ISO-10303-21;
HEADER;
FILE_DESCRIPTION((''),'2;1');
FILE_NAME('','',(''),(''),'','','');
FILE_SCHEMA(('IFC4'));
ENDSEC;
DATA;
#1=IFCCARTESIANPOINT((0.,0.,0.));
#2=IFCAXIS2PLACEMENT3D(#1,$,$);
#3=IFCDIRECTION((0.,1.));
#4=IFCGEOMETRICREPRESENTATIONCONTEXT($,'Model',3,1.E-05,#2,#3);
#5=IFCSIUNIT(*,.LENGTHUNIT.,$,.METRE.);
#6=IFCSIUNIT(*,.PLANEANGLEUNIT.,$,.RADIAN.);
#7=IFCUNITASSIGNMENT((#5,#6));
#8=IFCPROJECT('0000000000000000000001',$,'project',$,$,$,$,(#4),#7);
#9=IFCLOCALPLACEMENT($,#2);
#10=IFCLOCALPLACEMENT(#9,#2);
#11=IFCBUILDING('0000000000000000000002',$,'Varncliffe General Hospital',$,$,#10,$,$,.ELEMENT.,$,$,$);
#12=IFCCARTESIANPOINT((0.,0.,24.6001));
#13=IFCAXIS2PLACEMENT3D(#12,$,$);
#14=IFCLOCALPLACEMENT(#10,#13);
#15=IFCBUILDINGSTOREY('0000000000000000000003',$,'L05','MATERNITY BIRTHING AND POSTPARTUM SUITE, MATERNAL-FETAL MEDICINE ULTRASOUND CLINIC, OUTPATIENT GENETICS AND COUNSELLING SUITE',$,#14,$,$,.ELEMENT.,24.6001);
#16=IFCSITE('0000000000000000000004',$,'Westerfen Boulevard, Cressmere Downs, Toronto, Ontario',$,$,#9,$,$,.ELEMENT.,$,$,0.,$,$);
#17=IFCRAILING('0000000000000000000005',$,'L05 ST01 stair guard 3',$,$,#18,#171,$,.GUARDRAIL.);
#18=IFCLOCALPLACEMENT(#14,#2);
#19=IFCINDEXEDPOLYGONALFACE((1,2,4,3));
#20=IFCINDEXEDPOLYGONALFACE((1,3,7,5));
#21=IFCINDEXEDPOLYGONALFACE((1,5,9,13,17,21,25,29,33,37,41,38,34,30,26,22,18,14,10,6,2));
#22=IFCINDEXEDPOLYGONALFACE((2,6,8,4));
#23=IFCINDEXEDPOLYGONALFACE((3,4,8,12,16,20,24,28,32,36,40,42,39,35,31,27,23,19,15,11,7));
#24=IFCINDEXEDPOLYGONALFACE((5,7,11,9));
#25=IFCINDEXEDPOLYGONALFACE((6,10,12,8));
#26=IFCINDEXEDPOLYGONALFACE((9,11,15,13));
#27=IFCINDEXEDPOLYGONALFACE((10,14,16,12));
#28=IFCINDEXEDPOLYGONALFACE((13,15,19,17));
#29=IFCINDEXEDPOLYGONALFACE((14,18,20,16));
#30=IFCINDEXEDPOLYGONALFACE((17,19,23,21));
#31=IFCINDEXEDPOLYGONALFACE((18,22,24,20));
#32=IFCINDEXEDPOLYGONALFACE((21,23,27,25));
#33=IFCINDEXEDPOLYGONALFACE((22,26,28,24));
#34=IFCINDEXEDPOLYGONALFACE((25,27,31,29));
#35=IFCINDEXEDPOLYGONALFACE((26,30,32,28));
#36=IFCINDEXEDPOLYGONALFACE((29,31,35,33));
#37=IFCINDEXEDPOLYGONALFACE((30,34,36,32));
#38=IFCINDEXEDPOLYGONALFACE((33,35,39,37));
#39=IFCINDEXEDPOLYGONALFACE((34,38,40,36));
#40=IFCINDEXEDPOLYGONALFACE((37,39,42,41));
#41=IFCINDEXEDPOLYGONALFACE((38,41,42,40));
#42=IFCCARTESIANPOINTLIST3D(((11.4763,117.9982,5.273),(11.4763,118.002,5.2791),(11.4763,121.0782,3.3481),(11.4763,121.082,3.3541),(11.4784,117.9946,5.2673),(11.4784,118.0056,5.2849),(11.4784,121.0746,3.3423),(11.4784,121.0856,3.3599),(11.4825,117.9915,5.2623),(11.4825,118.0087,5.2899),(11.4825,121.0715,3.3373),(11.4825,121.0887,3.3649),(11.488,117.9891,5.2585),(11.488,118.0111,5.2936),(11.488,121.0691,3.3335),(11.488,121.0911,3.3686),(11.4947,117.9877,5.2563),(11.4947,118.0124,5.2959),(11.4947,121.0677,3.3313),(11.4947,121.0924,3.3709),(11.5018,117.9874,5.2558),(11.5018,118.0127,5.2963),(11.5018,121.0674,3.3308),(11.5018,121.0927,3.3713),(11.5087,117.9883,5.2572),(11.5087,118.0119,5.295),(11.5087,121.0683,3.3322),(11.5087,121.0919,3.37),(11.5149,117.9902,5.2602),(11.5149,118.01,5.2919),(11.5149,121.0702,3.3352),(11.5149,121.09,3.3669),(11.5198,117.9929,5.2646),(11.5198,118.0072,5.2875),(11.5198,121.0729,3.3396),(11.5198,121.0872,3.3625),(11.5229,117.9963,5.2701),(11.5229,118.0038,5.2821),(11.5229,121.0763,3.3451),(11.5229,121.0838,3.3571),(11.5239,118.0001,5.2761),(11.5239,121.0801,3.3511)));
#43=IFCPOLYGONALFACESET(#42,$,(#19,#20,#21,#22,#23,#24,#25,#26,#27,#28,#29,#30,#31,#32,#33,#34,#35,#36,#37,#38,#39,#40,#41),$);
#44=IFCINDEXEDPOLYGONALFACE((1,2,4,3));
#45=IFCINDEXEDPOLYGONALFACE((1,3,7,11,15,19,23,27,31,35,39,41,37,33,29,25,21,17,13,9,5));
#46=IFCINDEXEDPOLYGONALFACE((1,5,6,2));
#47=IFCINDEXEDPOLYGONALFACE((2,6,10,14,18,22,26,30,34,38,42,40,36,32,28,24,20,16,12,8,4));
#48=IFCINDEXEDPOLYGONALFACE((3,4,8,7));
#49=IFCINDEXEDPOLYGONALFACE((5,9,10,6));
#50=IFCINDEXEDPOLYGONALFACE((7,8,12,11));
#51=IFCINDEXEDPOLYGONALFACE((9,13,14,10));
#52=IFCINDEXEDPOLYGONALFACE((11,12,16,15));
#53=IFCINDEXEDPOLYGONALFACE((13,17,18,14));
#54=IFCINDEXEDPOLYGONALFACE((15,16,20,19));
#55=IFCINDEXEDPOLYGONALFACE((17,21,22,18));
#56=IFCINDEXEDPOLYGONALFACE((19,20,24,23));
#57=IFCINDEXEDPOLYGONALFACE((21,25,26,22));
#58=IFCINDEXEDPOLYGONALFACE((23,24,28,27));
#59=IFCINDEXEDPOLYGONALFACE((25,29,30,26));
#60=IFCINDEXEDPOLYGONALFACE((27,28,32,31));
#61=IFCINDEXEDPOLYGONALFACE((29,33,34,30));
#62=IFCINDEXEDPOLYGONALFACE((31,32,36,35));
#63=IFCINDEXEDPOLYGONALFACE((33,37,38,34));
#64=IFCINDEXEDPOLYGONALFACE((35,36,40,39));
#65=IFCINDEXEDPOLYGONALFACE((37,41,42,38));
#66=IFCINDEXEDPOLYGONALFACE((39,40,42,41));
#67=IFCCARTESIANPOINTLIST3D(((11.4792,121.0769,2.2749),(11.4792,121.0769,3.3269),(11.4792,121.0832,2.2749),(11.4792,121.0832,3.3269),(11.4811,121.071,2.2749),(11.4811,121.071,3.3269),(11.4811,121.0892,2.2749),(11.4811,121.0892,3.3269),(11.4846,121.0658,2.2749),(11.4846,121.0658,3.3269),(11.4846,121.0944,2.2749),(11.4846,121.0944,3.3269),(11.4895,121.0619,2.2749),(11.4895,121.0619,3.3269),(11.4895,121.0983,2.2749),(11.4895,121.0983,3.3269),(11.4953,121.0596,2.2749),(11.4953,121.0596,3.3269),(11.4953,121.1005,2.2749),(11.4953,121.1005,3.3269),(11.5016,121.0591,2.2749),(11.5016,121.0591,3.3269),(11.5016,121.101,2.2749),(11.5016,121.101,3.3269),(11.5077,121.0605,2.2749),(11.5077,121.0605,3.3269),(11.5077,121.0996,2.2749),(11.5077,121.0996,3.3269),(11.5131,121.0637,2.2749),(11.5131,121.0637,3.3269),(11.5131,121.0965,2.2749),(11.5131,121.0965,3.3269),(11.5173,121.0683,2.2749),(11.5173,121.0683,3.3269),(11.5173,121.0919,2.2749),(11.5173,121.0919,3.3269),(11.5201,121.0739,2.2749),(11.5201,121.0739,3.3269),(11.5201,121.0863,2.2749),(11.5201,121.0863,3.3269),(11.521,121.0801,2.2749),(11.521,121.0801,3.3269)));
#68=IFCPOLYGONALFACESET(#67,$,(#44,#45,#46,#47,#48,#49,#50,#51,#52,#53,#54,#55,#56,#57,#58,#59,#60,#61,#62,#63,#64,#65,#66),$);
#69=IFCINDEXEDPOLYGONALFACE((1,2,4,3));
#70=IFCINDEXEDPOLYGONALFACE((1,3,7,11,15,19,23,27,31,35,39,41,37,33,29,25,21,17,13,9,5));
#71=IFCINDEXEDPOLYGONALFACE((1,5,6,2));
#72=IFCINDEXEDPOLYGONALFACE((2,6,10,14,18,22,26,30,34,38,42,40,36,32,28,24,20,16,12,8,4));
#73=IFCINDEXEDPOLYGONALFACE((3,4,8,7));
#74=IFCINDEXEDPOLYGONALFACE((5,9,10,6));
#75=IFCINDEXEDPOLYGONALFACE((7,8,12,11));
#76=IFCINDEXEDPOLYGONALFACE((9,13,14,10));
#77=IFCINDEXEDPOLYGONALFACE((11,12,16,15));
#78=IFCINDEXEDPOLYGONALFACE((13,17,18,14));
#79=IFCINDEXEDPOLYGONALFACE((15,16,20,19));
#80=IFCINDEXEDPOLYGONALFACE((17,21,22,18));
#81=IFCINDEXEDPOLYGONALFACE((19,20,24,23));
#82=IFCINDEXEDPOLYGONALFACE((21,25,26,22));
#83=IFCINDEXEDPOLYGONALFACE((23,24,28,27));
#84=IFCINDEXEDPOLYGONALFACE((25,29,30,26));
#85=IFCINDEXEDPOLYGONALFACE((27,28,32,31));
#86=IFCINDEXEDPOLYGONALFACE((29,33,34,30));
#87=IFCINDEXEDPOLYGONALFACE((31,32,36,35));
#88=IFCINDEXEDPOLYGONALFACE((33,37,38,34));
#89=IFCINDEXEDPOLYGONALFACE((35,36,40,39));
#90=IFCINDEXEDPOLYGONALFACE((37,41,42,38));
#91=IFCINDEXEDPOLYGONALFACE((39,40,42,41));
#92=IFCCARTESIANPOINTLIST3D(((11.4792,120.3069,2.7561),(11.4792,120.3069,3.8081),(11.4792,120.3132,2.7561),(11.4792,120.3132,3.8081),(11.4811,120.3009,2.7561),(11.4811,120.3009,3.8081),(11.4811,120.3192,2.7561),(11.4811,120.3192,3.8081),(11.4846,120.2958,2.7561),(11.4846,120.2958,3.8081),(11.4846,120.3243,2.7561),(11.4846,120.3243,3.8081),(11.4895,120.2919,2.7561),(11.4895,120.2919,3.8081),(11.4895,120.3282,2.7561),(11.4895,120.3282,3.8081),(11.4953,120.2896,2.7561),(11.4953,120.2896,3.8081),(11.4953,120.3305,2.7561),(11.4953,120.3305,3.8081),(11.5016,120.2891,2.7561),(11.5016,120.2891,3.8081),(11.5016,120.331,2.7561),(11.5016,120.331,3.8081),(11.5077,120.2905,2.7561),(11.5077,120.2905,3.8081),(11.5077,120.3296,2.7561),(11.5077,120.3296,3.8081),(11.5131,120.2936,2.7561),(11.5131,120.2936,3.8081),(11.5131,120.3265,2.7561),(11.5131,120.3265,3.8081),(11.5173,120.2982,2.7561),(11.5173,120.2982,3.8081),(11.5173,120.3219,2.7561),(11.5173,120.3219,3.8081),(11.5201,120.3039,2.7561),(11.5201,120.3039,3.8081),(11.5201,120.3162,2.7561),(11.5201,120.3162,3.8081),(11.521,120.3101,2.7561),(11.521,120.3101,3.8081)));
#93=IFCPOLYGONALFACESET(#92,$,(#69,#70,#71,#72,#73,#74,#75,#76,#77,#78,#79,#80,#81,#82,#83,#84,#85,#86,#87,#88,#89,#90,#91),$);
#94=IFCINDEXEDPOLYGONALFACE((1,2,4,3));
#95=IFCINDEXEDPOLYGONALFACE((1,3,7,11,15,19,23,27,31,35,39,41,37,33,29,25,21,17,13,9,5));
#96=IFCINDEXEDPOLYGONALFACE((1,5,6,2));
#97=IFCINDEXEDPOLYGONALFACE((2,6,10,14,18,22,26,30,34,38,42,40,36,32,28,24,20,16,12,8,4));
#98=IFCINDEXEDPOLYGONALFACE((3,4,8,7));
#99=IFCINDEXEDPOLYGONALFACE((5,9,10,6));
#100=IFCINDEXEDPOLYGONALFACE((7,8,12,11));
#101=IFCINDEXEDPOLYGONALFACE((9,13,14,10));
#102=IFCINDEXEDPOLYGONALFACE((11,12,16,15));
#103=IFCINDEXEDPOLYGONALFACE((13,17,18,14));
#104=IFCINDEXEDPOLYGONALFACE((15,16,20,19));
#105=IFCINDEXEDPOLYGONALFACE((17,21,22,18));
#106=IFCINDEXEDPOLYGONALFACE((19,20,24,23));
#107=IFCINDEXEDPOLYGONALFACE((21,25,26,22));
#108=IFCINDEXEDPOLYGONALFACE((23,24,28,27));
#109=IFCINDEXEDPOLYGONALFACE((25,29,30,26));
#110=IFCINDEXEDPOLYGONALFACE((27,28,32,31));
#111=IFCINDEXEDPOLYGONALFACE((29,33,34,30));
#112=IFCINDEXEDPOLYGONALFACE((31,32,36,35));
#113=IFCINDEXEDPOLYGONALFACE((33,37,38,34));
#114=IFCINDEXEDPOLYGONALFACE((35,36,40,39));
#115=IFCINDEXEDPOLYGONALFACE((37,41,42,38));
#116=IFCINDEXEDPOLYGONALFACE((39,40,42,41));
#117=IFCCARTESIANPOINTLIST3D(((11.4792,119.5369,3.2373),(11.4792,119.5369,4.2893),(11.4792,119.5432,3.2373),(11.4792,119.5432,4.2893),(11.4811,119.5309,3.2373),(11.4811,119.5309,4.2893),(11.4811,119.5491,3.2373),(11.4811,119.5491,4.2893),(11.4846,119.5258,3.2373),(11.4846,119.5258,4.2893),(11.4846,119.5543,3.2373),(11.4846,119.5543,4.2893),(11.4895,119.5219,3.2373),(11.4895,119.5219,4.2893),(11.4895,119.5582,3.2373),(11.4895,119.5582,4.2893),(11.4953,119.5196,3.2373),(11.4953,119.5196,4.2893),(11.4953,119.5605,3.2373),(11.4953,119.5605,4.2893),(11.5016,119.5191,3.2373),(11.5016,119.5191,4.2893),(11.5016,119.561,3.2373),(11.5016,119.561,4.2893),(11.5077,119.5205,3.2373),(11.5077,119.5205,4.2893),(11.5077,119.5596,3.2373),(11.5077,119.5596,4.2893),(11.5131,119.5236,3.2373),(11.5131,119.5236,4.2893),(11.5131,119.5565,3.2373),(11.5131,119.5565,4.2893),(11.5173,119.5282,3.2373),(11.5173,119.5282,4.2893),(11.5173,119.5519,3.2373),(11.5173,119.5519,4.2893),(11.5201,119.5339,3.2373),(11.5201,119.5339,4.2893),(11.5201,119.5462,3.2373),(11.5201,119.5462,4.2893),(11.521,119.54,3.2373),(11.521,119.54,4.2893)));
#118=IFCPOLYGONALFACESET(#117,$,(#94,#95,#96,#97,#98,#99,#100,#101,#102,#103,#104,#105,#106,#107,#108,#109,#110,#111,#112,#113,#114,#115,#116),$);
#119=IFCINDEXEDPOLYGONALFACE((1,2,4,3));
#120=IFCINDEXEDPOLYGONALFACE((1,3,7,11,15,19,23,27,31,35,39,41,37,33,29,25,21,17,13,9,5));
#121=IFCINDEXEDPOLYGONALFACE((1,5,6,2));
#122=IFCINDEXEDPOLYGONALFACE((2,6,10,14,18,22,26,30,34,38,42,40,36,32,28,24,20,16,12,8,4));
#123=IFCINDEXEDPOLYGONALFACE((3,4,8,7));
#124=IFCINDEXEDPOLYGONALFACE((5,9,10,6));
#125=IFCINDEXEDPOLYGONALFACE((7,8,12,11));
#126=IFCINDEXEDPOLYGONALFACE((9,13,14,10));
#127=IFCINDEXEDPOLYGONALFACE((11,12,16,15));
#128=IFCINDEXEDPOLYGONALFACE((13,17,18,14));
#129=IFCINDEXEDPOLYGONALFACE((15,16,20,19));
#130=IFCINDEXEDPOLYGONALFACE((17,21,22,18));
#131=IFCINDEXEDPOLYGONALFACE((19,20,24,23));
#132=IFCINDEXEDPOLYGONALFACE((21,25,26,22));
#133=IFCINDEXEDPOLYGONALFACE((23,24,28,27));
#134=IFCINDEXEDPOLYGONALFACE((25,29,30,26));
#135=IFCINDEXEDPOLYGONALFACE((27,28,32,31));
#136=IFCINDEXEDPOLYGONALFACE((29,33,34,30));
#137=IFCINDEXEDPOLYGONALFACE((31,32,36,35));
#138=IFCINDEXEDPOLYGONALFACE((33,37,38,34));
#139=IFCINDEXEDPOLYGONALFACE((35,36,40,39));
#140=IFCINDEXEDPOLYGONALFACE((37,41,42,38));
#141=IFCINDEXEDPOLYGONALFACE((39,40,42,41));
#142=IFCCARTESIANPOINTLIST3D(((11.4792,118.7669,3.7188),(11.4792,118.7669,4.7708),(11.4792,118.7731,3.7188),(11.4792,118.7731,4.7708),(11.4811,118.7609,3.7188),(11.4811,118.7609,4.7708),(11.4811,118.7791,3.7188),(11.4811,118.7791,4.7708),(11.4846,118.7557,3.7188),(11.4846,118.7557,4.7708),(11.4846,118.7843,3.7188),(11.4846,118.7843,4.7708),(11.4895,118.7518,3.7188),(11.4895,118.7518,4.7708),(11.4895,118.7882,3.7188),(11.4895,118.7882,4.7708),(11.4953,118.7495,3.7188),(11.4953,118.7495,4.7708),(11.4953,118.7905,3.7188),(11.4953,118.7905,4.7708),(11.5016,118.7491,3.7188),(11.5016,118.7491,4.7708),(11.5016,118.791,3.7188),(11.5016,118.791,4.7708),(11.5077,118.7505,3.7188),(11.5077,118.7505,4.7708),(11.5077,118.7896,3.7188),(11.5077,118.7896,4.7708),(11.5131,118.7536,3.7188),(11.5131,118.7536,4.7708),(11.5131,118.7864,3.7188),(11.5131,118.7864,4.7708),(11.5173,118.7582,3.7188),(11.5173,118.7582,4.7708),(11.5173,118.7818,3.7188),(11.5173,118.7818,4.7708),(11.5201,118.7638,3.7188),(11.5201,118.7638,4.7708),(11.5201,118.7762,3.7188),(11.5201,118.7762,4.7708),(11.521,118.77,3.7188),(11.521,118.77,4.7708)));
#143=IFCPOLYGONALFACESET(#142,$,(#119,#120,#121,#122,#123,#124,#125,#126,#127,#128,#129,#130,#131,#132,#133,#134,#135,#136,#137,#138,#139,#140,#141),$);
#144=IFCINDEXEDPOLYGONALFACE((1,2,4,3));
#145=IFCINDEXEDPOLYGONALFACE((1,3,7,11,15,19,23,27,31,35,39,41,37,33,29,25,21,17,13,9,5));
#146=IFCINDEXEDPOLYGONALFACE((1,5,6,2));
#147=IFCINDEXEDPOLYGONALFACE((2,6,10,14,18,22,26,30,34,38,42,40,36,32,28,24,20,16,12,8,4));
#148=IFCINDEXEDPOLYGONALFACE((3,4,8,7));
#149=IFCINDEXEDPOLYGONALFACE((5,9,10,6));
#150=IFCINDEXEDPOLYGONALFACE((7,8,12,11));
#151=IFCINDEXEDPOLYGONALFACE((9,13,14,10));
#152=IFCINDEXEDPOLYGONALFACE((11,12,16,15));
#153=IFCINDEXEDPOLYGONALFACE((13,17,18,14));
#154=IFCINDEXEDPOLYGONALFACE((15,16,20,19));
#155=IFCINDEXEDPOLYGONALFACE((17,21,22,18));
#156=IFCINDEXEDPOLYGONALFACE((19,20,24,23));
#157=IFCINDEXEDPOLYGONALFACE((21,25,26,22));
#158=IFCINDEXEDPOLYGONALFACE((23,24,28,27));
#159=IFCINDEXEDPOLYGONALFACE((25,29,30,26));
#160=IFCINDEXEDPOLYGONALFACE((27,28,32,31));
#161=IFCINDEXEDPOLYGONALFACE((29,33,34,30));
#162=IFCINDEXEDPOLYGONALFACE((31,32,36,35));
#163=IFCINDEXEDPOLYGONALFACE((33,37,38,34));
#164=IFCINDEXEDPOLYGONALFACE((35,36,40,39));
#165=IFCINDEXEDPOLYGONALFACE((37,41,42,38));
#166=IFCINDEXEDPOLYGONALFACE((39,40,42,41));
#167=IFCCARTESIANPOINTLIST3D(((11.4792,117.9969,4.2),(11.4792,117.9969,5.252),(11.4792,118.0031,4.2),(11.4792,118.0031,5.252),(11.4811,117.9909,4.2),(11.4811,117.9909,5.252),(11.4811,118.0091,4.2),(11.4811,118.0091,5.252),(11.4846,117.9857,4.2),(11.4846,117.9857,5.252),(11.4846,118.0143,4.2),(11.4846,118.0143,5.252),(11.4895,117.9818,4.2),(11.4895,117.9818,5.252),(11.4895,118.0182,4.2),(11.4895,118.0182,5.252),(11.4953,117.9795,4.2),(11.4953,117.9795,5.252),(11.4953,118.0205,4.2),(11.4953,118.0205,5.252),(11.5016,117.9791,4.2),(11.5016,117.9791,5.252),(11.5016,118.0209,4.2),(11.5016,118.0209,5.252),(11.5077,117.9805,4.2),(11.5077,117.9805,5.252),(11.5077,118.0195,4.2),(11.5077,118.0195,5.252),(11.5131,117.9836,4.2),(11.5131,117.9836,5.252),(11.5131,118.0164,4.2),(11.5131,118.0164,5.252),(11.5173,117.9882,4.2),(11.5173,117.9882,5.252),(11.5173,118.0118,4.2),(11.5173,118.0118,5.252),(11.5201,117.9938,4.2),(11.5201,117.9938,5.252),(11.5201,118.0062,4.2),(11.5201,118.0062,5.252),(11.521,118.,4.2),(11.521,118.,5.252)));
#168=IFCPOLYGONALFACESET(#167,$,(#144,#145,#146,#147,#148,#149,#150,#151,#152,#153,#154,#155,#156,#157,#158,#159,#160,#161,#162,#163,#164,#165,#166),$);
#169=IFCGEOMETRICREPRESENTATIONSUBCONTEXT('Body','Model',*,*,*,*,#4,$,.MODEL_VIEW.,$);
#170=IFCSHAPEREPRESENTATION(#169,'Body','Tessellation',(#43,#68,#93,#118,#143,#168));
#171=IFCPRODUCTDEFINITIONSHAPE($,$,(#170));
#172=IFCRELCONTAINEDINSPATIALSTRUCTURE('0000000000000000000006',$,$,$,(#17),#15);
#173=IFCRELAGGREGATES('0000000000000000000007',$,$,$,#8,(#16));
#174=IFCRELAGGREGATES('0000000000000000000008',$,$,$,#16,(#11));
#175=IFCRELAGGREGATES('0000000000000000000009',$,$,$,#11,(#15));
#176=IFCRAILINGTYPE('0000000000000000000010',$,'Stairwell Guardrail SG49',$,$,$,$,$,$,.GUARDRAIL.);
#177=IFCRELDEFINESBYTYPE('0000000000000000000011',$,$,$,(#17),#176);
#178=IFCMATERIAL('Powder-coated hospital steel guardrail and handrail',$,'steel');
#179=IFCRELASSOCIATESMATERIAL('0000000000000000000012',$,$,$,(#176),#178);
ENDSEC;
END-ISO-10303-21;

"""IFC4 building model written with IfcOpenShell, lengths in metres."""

from ifc_helpers import new_model, si_unit, direction, frame, origin, origin_2d, place, context, subcontext, project, spatial, circle, extrude, material, type_object, element, save


model = new_model("IFC4")

# Units and contexts
model_context = context("Model", 3, precision=1e-05, world=origin(), true_north=direction((0.0, 1.0)))
body_context = subcontext(model_context, "Body", "Model", "MODEL_VIEW")
ifc_project = project(units=[si_unit("LENGTHUNIT", "METRE"), si_unit("PLANEANGLEUNIT", "RADIAN")], contexts=[model_context])

# Site, building, storey
site_placement = place(None, origin())
site = spatial("IfcSite", under=ifc_project, at=site_placement, Name="Westerfen Boulevard, Cressmere Downs, Toronto, Ontario", CompositionType="ELEMENT", RefElevation=0.0)
building_placement = place(site_placement, origin())
building = spatial("IfcBuilding", under=site, at=building_placement, Name="Varncliffe General Hospital", CompositionType="ELEMENT")
storey_placement = place(building_placement, frame((0.0, 0.0, 24.6001)))
storey = spatial("IfcBuildingStorey", under=building, at=storey_placement, Name="L05", Description="MATERNITY BIRTHING AND POSTPARTUM SUITE, MATERNAL-FETAL MEDICINE ULTRASOUND CLINIC, OUTPATIENT GENETICS AND COUNSELLING SUITE", CompositionType="ELEMENT", Elevation=24.6001)

# Railing
ifc_material_1 = material(Name="Powder-coated hospital steel guardrail and handrail", Category="steel")
railing_type_1 = type_object("IfcRailingType", Name="Stairwell Guardrail SG49", PredefinedType="GUARDRAIL", material=ifc_material_1)
railing_1_placement = place(storey_placement, frame((11.5, 121.0801, 2.2749)))
element("IfcRailing", 1, at=railing_1_placement, inside=storey, type_object=railing_type_1, Name="L05 ST01 stair guard 3", PredefinedType="GUARDRAIL", context=body_context, shape_type="SweptSolid", body=[
    extrude(circle(Radius=0.0239, at=origin_2d()), frame((0.0, 0.0, 1.0762), z_axis=(0.0, -0.847998, 0.529999), x_axis=(1.0, 0.0, 0.0)), (0.0, 0.0, 1.0), 3.6321),
    extrude(circle(Radius=0.021, at=origin_2d()), origin(), (0.0, 0.0, 1.0), 1.052),
    extrude(circle(Radius=0.021, at=origin_2d()), frame((0.0, -0.77, 0.4812)), (0.0, 0.0, 1.0), 1.052),
    extrude(circle(Radius=0.021, at=origin_2d()), frame((0.0, -1.54, 0.9624)), (0.0, 0.0, 1.0), 1.052),
    extrude(circle(Radius=0.021, at=origin_2d()), frame((0.0, -2.3101, 1.4438)), (0.0, 0.0, 1.0), 1.052),
    extrude(circle(Radius=0.021, at=origin_2d()), frame((0.0, -3.0801, 1.925)), (0.0, 0.0, 1.0), 1.052),
])

save(model, "model.ifc")
